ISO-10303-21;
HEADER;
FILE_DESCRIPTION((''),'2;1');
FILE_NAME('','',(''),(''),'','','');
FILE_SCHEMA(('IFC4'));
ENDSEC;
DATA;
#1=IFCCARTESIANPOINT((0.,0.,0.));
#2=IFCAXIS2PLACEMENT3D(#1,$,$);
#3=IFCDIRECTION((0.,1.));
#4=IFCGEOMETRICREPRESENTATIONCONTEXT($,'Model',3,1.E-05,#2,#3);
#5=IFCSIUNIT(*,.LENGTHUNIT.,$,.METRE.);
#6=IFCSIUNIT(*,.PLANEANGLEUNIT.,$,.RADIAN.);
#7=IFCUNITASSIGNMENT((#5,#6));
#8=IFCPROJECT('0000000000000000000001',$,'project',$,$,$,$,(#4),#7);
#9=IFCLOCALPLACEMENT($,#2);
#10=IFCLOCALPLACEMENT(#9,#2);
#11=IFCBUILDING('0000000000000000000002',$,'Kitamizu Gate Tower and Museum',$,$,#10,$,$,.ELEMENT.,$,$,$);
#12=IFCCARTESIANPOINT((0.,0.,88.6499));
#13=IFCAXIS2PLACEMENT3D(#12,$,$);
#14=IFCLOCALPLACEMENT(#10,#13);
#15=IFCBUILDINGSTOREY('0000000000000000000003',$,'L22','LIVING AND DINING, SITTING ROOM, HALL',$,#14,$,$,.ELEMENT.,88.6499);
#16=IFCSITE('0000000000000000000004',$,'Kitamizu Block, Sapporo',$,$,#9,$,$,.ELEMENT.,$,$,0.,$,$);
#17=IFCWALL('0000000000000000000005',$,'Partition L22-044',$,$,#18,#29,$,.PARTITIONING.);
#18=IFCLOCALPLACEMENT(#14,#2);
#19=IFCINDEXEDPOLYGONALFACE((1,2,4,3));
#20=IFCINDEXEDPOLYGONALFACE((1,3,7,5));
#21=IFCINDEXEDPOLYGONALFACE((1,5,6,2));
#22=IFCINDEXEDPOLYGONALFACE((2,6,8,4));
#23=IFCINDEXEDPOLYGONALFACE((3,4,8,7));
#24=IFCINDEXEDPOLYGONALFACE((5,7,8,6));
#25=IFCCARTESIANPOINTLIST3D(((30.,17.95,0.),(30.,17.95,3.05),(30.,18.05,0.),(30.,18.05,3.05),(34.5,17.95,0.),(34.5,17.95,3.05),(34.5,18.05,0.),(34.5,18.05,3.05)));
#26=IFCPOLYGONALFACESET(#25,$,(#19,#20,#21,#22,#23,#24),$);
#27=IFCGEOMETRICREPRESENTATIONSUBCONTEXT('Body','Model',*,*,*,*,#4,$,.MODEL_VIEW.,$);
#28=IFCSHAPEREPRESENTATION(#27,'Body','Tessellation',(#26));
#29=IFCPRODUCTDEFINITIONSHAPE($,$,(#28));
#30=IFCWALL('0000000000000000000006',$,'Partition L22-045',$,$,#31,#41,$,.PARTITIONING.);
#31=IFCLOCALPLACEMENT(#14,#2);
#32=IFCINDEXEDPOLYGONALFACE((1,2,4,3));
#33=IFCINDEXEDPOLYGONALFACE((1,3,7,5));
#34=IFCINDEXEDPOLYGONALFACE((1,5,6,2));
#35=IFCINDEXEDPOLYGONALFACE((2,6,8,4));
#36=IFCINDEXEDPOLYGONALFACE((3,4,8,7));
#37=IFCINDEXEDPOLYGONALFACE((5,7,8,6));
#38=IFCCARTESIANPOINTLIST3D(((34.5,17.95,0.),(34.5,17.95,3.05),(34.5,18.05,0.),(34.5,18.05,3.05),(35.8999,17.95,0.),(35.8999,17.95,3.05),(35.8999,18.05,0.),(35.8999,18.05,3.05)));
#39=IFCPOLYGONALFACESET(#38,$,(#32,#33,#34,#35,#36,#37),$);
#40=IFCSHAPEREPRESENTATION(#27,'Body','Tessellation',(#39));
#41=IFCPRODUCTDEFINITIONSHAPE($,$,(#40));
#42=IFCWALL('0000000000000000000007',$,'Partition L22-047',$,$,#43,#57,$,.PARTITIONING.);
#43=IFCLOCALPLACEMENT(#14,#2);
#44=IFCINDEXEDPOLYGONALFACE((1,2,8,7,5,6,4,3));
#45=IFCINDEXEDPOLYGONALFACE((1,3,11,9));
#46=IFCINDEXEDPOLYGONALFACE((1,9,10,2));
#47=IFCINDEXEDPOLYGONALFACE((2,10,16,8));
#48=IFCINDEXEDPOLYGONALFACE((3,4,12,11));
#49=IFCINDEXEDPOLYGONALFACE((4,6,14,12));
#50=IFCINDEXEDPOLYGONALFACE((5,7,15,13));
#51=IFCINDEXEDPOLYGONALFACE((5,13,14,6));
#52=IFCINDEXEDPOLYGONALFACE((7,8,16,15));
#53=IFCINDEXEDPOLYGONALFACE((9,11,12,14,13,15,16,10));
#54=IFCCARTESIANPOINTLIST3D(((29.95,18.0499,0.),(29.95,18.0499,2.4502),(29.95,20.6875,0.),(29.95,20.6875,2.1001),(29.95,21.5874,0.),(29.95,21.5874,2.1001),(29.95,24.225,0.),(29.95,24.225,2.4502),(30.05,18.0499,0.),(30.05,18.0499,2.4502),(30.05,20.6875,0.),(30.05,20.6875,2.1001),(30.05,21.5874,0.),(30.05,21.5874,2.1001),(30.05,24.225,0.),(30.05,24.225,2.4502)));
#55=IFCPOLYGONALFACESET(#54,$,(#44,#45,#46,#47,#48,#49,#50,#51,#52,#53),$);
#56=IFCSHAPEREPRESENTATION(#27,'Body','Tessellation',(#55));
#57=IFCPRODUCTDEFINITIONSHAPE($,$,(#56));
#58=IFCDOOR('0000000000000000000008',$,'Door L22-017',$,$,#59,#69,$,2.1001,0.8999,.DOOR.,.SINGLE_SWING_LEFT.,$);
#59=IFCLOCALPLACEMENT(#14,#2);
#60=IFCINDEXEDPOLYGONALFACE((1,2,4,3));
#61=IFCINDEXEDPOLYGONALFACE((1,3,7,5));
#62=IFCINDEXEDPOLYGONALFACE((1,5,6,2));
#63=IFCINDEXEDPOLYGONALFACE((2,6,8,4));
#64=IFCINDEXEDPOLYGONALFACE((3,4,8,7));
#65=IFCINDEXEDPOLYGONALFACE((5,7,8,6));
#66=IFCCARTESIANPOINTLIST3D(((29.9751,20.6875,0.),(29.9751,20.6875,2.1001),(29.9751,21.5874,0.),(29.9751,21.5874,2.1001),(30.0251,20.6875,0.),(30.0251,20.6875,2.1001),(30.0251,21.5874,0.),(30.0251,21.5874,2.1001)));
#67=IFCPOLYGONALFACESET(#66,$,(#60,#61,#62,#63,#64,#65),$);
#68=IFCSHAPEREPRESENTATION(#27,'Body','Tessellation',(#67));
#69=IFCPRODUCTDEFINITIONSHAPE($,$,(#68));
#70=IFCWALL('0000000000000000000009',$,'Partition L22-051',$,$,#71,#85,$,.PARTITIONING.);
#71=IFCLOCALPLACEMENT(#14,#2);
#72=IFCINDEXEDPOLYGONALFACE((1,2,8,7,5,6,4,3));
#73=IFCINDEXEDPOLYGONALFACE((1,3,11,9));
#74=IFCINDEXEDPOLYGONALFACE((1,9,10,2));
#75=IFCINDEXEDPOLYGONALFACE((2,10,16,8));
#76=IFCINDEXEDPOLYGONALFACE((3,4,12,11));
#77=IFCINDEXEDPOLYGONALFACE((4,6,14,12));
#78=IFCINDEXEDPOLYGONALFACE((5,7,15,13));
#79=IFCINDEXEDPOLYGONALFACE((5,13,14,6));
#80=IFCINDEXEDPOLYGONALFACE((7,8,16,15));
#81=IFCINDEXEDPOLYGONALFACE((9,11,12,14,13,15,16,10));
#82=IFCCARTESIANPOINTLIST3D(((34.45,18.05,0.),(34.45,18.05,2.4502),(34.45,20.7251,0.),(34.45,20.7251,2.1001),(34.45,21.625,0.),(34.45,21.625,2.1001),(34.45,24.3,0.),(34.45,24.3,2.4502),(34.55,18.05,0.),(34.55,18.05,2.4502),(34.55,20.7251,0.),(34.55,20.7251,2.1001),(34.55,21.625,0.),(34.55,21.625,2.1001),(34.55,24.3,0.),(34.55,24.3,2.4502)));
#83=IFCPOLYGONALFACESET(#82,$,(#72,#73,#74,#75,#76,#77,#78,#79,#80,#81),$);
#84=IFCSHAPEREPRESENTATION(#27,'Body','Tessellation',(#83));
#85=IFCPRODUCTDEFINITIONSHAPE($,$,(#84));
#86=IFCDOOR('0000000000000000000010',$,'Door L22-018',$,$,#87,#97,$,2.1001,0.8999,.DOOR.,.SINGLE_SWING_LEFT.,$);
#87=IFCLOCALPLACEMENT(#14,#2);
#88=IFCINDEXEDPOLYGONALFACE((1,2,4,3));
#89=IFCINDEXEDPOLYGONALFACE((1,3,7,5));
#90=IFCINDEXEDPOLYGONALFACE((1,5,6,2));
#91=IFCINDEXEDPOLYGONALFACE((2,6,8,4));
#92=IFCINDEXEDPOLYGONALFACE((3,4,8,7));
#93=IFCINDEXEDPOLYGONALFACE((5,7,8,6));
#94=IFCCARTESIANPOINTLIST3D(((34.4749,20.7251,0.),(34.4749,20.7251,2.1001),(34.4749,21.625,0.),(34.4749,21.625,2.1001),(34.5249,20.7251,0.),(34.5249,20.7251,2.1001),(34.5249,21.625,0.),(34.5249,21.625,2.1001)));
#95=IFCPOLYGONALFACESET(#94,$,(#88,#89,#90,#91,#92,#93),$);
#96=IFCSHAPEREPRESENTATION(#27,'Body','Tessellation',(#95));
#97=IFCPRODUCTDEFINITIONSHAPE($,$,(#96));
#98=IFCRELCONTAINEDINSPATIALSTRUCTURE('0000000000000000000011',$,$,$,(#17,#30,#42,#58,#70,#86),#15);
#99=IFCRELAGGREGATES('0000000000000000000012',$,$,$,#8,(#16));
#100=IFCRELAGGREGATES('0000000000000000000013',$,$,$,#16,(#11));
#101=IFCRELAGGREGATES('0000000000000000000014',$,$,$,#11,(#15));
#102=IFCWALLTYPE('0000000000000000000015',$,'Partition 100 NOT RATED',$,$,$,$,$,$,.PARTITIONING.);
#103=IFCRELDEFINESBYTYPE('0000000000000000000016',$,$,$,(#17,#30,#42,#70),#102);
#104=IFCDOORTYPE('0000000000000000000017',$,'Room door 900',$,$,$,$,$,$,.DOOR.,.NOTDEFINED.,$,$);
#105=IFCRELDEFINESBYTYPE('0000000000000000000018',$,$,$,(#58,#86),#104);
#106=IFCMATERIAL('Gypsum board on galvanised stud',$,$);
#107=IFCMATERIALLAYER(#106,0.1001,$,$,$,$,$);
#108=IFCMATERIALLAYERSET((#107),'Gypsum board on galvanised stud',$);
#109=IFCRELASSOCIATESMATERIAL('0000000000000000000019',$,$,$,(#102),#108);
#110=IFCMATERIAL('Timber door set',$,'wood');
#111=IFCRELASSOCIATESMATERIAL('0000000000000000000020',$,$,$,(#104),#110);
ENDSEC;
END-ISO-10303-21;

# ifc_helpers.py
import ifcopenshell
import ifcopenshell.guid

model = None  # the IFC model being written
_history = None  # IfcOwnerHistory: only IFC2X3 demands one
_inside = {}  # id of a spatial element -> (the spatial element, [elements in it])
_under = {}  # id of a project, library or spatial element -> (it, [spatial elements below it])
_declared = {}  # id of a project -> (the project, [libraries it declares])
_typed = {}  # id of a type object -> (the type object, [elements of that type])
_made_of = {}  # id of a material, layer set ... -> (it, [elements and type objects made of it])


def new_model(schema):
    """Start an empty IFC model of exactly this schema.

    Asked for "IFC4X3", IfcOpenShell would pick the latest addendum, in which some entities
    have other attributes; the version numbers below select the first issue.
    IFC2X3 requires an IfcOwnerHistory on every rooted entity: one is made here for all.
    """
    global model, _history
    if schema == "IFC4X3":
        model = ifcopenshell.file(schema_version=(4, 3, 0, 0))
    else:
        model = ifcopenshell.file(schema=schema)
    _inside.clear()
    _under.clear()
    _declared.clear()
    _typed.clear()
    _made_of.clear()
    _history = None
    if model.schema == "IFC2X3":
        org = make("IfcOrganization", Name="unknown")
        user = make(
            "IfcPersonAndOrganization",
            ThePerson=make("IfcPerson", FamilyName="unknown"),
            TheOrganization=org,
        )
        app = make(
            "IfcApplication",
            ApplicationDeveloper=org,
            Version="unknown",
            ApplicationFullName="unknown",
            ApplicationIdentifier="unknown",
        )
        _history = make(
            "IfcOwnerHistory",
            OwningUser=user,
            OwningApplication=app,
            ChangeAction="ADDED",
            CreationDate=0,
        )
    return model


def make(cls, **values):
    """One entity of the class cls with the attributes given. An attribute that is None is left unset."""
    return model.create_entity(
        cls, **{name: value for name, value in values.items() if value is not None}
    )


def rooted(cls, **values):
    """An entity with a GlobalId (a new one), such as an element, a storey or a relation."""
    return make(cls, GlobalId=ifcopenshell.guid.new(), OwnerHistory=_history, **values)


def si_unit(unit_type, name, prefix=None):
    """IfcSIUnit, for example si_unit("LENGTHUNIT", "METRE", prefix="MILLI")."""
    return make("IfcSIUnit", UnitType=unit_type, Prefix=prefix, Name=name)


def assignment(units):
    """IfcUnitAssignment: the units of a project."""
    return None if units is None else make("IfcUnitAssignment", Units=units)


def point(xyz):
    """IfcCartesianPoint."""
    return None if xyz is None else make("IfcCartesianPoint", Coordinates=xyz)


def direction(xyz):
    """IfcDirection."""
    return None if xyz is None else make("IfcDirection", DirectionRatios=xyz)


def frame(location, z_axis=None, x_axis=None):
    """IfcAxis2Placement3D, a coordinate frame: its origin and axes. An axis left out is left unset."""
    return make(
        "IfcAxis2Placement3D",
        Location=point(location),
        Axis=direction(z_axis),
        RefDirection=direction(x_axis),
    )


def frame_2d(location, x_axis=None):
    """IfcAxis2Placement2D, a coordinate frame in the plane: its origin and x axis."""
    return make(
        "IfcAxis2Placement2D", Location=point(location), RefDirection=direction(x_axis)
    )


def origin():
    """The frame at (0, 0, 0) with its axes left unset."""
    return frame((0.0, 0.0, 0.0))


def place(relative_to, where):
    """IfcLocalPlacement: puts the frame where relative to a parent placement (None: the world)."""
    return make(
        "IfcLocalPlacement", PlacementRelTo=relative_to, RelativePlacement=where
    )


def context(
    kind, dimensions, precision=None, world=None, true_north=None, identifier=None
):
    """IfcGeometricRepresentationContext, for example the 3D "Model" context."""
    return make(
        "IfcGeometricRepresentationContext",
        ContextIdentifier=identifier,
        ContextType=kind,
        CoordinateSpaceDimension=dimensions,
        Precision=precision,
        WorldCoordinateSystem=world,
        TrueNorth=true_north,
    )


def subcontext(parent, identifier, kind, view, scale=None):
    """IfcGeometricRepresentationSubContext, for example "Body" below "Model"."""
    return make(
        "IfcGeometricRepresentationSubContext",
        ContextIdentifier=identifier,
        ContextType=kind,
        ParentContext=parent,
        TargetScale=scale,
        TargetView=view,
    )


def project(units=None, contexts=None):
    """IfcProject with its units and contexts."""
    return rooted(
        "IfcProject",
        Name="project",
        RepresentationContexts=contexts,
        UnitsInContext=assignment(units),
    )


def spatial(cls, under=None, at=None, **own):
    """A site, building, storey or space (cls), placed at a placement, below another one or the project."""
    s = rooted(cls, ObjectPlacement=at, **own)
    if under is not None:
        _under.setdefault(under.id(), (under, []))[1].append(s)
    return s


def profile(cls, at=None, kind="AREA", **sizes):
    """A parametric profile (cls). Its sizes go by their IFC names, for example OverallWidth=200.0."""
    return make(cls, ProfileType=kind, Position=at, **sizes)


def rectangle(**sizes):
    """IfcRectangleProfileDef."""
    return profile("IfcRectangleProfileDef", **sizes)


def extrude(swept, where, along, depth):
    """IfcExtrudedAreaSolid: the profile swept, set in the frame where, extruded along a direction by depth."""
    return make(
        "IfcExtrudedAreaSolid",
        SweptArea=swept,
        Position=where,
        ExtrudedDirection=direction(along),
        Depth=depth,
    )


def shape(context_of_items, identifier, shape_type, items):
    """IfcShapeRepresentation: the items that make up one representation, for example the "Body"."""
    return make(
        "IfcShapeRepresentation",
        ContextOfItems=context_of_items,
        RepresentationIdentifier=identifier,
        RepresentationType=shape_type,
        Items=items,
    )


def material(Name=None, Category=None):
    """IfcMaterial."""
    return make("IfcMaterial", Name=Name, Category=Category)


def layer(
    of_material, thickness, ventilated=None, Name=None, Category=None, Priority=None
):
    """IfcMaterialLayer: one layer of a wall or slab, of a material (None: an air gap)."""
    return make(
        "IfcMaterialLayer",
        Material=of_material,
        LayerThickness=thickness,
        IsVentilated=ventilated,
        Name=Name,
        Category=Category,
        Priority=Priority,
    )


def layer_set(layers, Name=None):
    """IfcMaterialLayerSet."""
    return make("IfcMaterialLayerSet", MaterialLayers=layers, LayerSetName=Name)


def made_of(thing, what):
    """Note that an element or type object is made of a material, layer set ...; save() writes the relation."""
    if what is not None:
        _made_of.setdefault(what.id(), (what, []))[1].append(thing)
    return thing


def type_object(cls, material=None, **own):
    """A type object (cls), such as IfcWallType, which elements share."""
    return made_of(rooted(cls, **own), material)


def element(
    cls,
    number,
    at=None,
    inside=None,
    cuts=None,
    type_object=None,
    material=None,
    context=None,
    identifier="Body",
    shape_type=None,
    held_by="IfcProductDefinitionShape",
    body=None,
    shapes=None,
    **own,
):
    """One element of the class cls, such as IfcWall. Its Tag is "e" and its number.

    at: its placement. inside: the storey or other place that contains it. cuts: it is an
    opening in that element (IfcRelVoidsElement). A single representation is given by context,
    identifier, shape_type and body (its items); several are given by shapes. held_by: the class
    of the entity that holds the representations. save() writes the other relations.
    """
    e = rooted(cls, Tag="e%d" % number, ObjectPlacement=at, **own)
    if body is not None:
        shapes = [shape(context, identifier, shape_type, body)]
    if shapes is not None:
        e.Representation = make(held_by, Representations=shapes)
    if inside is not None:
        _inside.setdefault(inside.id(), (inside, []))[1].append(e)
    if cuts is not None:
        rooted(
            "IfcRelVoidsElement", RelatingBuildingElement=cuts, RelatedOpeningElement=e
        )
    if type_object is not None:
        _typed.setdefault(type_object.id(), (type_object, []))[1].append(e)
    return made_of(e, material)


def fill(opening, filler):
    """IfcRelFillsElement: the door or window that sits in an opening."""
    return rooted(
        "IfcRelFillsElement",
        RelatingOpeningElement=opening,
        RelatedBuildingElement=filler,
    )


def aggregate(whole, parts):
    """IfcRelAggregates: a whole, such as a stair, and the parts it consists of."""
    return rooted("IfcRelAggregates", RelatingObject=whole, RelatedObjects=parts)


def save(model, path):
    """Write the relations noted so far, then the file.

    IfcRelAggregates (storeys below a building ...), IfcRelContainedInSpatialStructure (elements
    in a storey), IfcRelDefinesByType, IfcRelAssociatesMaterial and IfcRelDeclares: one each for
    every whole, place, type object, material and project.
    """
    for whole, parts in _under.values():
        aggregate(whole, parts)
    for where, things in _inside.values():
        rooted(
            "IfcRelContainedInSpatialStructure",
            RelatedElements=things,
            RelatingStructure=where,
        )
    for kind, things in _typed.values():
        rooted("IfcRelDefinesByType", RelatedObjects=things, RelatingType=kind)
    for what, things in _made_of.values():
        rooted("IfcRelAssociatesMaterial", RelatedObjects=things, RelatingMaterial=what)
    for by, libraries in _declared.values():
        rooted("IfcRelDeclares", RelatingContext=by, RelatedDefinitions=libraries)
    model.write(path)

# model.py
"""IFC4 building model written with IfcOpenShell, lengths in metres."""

from ifc_helpers import new_model, si_unit, direction, frame, frame_2d, origin, place, context, subcontext, project, spatial, rectangle, extrude, material, layer, layer_set, type_object, element, fill, save


model = new_model("IFC4")

# Units and contexts
model_context = context("Model", 3, precision=1e-05, world=origin(), true_north=direction((0.0, 1.0)))
body_context = subcontext(model_context, "Body", "Model", "MODEL_VIEW")
ifc_project = project(units=[si_unit("LENGTHUNIT", "METRE"), si_unit("PLANEANGLEUNIT", "RADIAN")], contexts=[model_context])

# Site, building, storey
site_placement = place(None, origin())
site = spatial("IfcSite", under=ifc_project, at=site_placement, Name="Kitamizu Block, Sapporo", CompositionType="ELEMENT", RefElevation=0.0)
building_placement = place(site_placement, origin())
building = spatial("IfcBuilding", under=site, at=building_placement, Name="Kitamizu Gate Tower and Museum", CompositionType="ELEMENT")
storey_placement = place(building_placement, frame((0.0, 0.0, 88.6499)))
storey = spatial("IfcBuildingStorey", under=building, at=storey_placement, Name="L22", Description="LIVING AND DINING, SITTING ROOM, HALL", CompositionType="ELEMENT", Elevation=88.6499)

# Shared definitions
ifc_material_1 = material(Name="Gypsum board on galvanised stud")
ifc_layer = layer(ifc_material_1, 0.1001)
ifc_layer_set = layer_set([ifc_layer], Name="Gypsum board on galvanised stud")
wall_type = type_object("IfcWallType", Name="Partition 100 NOT RATED", PredefinedType="PARTITIONING", material=ifc_layer_set)

# Shared definitions
ifc_material_2 = material(Name="Timber door set", Category="wood")
door_type = type_object("IfcDoorType", Name="Room door 900", OperationType="NOTDEFINED", PredefinedType="DOOR", material=ifc_material_2)

# Walls
wall_1_placement = place(storey_placement, frame((34.5, 18.0, 0.0), z_axis=(0.0, 0.0, 1.0), x_axis=(-1.0, 0.0, 0.0)))
element("IfcWall", 1, at=wall_1_placement, inside=storey, type_object=wall_type, Name="Partition L22-044", PredefinedType="PARTITIONING", context=body_context, shape_type="SweptSolid", body=[
    extrude(rectangle(XDim=4.5, YDim=0.1001, at=frame_2d((2.25, 0.0))), origin(), (0.0, 0.0, 1.0), 3.05),
])
wall_2_placement = place(storey_placement, frame((35.8999, 18.0, 0.0), z_axis=(0.0, 0.0, 1.0), x_axis=(-1.0, 0.0, 0.0)))
element("IfcWall", 2, at=wall_2_placement, inside=storey, type_object=wall_type, Name="Partition L22-045", PredefinedType="PARTITIONING", context=body_context, shape_type="SweptSolid", body=[
    extrude(rectangle(XDim=1.3999, YDim=0.1001, at=frame_2d((0.7, 0.0))), origin(), (0.0, 0.0, 1.0), 3.05),
])

# Walls, openings, doors
wall_3_placement = place(storey_placement, frame((30.0, 18.05, 0.0), z_axis=(0.0, 0.0, 1.0), x_axis=(0.0, 1.0, 0.0)))
wall_3 = element("IfcWall", 3, at=wall_3_placement, inside=storey, type_object=wall_type, Name="Partition L22-047", PredefinedType="PARTITIONING", context=body_context, shape_type="SweptSolid", body=[
    extrude(rectangle(XDim=6.175, YDim=0.1001, at=frame_2d((3.0874, 0.0))), origin(), (0.0, 0.0, 1.0), 2.4502),
])
opening_1_placement = place(wall_3_placement, frame((2.6375, 0.0, 0.0)))
opening_1 = element("IfcOpeningElement", 4, at=opening_1_placement, cuts=wall_3, PredefinedType="OPENING", context=body_context, shape_type="SweptSolid", body=[
    extrude(rectangle(XDim=0.8999, YDim=2.1001, at=frame_2d((0.45, 1.05))), frame((0.0, 0.0601, 0.0), z_axis=(0.0, -1.0, 0.0), x_axis=(1.0, 0.0, 0.0)), (0.0, 0.0, 1.0), 0.1201),
])
door_1_placement = place(opening_1_placement, origin())
door_1 = element("IfcDoor", 5, at=door_1_placement, inside=storey, type_object=door_type, Name="Door L22-017", OperationType="SINGLE_SWING_LEFT", OverallHeight=2.1001, OverallWidth=0.8999, PredefinedType="DOOR", context=body_context, shape_type="SweptSolid", body=[
    extrude(rectangle(XDim=0.8999, YDim=2.1001, at=frame_2d((0.45, 1.05))), frame((0.0, 0.0249, 0.0), z_axis=(0.0, -1.0, 0.0), x_axis=(1.0, 0.0, 0.0)), (0.0, 0.0, 1.0), 0.05),
])
fill(opening_1, door_1)
wall_4_placement = place(storey_placement, frame((34.5, 18.05, 0.0), z_axis=(0.0, 0.0, 1.0), x_axis=(0.0, 1.0, 0.0)))
wall_4 = element("IfcWall", 6, at=wall_4_placement, inside=storey, type_object=wall_type, Name="Partition L22-051", PredefinedType="PARTITIONING", context=body_context, shape_type="SweptSolid", body=[
    extrude(rectangle(XDim=6.25, YDim=0.1001, at=frame_2d((3.125, 0.0))), origin(), (0.0, 0.0, 1.0), 2.4502),
])
opening_2_placement = place(wall_4_placement, frame((2.675, 0.0, 0.0)))
opening_2 = element("IfcOpeningElement", 7, at=opening_2_placement, cuts=wall_4, PredefinedType="OPENING", context=body_context, shape_type="SweptSolid", body=[
    extrude(rectangle(XDim=0.8999, YDim=2.1001, at=frame_2d((0.45, 1.05))), frame((0.0, 0.0601, 0.0), z_axis=(0.0, -1.0, 0.0), x_axis=(1.0, 0.0, 0.0)), (0.0, 0.0, 1.0), 0.1201),
])
door_2_placement = place(opening_2_placement, frame((0.8999, 0.0, 0.0), x_axis=(-1.0, 0.0, 0.0)))
door_2 = element("IfcDoor", 8, at=door_2_placement, inside=storey, type_object=door_type, Name="Door L22-018", OperationType="SINGLE_SWING_LEFT", OverallHeight=2.1001, OverallWidth=0.8999, PredefinedType="DOOR", context=body_context, shape_type="SweptSolid", body=[
    extrude(rectangle(XDim=0.8999, YDim=2.1001, at=frame_2d((0.45, 1.05))), frame((0.0, 0.0249, 0.0), z_axis=(0.0, -1.0, 0.0), x_axis=(1.0, 0.0, 0.0)), (0.0, 0.0, 1.0), 0.05),
])
fill(opening_2, door_2)

save(model, "model.ifc")
